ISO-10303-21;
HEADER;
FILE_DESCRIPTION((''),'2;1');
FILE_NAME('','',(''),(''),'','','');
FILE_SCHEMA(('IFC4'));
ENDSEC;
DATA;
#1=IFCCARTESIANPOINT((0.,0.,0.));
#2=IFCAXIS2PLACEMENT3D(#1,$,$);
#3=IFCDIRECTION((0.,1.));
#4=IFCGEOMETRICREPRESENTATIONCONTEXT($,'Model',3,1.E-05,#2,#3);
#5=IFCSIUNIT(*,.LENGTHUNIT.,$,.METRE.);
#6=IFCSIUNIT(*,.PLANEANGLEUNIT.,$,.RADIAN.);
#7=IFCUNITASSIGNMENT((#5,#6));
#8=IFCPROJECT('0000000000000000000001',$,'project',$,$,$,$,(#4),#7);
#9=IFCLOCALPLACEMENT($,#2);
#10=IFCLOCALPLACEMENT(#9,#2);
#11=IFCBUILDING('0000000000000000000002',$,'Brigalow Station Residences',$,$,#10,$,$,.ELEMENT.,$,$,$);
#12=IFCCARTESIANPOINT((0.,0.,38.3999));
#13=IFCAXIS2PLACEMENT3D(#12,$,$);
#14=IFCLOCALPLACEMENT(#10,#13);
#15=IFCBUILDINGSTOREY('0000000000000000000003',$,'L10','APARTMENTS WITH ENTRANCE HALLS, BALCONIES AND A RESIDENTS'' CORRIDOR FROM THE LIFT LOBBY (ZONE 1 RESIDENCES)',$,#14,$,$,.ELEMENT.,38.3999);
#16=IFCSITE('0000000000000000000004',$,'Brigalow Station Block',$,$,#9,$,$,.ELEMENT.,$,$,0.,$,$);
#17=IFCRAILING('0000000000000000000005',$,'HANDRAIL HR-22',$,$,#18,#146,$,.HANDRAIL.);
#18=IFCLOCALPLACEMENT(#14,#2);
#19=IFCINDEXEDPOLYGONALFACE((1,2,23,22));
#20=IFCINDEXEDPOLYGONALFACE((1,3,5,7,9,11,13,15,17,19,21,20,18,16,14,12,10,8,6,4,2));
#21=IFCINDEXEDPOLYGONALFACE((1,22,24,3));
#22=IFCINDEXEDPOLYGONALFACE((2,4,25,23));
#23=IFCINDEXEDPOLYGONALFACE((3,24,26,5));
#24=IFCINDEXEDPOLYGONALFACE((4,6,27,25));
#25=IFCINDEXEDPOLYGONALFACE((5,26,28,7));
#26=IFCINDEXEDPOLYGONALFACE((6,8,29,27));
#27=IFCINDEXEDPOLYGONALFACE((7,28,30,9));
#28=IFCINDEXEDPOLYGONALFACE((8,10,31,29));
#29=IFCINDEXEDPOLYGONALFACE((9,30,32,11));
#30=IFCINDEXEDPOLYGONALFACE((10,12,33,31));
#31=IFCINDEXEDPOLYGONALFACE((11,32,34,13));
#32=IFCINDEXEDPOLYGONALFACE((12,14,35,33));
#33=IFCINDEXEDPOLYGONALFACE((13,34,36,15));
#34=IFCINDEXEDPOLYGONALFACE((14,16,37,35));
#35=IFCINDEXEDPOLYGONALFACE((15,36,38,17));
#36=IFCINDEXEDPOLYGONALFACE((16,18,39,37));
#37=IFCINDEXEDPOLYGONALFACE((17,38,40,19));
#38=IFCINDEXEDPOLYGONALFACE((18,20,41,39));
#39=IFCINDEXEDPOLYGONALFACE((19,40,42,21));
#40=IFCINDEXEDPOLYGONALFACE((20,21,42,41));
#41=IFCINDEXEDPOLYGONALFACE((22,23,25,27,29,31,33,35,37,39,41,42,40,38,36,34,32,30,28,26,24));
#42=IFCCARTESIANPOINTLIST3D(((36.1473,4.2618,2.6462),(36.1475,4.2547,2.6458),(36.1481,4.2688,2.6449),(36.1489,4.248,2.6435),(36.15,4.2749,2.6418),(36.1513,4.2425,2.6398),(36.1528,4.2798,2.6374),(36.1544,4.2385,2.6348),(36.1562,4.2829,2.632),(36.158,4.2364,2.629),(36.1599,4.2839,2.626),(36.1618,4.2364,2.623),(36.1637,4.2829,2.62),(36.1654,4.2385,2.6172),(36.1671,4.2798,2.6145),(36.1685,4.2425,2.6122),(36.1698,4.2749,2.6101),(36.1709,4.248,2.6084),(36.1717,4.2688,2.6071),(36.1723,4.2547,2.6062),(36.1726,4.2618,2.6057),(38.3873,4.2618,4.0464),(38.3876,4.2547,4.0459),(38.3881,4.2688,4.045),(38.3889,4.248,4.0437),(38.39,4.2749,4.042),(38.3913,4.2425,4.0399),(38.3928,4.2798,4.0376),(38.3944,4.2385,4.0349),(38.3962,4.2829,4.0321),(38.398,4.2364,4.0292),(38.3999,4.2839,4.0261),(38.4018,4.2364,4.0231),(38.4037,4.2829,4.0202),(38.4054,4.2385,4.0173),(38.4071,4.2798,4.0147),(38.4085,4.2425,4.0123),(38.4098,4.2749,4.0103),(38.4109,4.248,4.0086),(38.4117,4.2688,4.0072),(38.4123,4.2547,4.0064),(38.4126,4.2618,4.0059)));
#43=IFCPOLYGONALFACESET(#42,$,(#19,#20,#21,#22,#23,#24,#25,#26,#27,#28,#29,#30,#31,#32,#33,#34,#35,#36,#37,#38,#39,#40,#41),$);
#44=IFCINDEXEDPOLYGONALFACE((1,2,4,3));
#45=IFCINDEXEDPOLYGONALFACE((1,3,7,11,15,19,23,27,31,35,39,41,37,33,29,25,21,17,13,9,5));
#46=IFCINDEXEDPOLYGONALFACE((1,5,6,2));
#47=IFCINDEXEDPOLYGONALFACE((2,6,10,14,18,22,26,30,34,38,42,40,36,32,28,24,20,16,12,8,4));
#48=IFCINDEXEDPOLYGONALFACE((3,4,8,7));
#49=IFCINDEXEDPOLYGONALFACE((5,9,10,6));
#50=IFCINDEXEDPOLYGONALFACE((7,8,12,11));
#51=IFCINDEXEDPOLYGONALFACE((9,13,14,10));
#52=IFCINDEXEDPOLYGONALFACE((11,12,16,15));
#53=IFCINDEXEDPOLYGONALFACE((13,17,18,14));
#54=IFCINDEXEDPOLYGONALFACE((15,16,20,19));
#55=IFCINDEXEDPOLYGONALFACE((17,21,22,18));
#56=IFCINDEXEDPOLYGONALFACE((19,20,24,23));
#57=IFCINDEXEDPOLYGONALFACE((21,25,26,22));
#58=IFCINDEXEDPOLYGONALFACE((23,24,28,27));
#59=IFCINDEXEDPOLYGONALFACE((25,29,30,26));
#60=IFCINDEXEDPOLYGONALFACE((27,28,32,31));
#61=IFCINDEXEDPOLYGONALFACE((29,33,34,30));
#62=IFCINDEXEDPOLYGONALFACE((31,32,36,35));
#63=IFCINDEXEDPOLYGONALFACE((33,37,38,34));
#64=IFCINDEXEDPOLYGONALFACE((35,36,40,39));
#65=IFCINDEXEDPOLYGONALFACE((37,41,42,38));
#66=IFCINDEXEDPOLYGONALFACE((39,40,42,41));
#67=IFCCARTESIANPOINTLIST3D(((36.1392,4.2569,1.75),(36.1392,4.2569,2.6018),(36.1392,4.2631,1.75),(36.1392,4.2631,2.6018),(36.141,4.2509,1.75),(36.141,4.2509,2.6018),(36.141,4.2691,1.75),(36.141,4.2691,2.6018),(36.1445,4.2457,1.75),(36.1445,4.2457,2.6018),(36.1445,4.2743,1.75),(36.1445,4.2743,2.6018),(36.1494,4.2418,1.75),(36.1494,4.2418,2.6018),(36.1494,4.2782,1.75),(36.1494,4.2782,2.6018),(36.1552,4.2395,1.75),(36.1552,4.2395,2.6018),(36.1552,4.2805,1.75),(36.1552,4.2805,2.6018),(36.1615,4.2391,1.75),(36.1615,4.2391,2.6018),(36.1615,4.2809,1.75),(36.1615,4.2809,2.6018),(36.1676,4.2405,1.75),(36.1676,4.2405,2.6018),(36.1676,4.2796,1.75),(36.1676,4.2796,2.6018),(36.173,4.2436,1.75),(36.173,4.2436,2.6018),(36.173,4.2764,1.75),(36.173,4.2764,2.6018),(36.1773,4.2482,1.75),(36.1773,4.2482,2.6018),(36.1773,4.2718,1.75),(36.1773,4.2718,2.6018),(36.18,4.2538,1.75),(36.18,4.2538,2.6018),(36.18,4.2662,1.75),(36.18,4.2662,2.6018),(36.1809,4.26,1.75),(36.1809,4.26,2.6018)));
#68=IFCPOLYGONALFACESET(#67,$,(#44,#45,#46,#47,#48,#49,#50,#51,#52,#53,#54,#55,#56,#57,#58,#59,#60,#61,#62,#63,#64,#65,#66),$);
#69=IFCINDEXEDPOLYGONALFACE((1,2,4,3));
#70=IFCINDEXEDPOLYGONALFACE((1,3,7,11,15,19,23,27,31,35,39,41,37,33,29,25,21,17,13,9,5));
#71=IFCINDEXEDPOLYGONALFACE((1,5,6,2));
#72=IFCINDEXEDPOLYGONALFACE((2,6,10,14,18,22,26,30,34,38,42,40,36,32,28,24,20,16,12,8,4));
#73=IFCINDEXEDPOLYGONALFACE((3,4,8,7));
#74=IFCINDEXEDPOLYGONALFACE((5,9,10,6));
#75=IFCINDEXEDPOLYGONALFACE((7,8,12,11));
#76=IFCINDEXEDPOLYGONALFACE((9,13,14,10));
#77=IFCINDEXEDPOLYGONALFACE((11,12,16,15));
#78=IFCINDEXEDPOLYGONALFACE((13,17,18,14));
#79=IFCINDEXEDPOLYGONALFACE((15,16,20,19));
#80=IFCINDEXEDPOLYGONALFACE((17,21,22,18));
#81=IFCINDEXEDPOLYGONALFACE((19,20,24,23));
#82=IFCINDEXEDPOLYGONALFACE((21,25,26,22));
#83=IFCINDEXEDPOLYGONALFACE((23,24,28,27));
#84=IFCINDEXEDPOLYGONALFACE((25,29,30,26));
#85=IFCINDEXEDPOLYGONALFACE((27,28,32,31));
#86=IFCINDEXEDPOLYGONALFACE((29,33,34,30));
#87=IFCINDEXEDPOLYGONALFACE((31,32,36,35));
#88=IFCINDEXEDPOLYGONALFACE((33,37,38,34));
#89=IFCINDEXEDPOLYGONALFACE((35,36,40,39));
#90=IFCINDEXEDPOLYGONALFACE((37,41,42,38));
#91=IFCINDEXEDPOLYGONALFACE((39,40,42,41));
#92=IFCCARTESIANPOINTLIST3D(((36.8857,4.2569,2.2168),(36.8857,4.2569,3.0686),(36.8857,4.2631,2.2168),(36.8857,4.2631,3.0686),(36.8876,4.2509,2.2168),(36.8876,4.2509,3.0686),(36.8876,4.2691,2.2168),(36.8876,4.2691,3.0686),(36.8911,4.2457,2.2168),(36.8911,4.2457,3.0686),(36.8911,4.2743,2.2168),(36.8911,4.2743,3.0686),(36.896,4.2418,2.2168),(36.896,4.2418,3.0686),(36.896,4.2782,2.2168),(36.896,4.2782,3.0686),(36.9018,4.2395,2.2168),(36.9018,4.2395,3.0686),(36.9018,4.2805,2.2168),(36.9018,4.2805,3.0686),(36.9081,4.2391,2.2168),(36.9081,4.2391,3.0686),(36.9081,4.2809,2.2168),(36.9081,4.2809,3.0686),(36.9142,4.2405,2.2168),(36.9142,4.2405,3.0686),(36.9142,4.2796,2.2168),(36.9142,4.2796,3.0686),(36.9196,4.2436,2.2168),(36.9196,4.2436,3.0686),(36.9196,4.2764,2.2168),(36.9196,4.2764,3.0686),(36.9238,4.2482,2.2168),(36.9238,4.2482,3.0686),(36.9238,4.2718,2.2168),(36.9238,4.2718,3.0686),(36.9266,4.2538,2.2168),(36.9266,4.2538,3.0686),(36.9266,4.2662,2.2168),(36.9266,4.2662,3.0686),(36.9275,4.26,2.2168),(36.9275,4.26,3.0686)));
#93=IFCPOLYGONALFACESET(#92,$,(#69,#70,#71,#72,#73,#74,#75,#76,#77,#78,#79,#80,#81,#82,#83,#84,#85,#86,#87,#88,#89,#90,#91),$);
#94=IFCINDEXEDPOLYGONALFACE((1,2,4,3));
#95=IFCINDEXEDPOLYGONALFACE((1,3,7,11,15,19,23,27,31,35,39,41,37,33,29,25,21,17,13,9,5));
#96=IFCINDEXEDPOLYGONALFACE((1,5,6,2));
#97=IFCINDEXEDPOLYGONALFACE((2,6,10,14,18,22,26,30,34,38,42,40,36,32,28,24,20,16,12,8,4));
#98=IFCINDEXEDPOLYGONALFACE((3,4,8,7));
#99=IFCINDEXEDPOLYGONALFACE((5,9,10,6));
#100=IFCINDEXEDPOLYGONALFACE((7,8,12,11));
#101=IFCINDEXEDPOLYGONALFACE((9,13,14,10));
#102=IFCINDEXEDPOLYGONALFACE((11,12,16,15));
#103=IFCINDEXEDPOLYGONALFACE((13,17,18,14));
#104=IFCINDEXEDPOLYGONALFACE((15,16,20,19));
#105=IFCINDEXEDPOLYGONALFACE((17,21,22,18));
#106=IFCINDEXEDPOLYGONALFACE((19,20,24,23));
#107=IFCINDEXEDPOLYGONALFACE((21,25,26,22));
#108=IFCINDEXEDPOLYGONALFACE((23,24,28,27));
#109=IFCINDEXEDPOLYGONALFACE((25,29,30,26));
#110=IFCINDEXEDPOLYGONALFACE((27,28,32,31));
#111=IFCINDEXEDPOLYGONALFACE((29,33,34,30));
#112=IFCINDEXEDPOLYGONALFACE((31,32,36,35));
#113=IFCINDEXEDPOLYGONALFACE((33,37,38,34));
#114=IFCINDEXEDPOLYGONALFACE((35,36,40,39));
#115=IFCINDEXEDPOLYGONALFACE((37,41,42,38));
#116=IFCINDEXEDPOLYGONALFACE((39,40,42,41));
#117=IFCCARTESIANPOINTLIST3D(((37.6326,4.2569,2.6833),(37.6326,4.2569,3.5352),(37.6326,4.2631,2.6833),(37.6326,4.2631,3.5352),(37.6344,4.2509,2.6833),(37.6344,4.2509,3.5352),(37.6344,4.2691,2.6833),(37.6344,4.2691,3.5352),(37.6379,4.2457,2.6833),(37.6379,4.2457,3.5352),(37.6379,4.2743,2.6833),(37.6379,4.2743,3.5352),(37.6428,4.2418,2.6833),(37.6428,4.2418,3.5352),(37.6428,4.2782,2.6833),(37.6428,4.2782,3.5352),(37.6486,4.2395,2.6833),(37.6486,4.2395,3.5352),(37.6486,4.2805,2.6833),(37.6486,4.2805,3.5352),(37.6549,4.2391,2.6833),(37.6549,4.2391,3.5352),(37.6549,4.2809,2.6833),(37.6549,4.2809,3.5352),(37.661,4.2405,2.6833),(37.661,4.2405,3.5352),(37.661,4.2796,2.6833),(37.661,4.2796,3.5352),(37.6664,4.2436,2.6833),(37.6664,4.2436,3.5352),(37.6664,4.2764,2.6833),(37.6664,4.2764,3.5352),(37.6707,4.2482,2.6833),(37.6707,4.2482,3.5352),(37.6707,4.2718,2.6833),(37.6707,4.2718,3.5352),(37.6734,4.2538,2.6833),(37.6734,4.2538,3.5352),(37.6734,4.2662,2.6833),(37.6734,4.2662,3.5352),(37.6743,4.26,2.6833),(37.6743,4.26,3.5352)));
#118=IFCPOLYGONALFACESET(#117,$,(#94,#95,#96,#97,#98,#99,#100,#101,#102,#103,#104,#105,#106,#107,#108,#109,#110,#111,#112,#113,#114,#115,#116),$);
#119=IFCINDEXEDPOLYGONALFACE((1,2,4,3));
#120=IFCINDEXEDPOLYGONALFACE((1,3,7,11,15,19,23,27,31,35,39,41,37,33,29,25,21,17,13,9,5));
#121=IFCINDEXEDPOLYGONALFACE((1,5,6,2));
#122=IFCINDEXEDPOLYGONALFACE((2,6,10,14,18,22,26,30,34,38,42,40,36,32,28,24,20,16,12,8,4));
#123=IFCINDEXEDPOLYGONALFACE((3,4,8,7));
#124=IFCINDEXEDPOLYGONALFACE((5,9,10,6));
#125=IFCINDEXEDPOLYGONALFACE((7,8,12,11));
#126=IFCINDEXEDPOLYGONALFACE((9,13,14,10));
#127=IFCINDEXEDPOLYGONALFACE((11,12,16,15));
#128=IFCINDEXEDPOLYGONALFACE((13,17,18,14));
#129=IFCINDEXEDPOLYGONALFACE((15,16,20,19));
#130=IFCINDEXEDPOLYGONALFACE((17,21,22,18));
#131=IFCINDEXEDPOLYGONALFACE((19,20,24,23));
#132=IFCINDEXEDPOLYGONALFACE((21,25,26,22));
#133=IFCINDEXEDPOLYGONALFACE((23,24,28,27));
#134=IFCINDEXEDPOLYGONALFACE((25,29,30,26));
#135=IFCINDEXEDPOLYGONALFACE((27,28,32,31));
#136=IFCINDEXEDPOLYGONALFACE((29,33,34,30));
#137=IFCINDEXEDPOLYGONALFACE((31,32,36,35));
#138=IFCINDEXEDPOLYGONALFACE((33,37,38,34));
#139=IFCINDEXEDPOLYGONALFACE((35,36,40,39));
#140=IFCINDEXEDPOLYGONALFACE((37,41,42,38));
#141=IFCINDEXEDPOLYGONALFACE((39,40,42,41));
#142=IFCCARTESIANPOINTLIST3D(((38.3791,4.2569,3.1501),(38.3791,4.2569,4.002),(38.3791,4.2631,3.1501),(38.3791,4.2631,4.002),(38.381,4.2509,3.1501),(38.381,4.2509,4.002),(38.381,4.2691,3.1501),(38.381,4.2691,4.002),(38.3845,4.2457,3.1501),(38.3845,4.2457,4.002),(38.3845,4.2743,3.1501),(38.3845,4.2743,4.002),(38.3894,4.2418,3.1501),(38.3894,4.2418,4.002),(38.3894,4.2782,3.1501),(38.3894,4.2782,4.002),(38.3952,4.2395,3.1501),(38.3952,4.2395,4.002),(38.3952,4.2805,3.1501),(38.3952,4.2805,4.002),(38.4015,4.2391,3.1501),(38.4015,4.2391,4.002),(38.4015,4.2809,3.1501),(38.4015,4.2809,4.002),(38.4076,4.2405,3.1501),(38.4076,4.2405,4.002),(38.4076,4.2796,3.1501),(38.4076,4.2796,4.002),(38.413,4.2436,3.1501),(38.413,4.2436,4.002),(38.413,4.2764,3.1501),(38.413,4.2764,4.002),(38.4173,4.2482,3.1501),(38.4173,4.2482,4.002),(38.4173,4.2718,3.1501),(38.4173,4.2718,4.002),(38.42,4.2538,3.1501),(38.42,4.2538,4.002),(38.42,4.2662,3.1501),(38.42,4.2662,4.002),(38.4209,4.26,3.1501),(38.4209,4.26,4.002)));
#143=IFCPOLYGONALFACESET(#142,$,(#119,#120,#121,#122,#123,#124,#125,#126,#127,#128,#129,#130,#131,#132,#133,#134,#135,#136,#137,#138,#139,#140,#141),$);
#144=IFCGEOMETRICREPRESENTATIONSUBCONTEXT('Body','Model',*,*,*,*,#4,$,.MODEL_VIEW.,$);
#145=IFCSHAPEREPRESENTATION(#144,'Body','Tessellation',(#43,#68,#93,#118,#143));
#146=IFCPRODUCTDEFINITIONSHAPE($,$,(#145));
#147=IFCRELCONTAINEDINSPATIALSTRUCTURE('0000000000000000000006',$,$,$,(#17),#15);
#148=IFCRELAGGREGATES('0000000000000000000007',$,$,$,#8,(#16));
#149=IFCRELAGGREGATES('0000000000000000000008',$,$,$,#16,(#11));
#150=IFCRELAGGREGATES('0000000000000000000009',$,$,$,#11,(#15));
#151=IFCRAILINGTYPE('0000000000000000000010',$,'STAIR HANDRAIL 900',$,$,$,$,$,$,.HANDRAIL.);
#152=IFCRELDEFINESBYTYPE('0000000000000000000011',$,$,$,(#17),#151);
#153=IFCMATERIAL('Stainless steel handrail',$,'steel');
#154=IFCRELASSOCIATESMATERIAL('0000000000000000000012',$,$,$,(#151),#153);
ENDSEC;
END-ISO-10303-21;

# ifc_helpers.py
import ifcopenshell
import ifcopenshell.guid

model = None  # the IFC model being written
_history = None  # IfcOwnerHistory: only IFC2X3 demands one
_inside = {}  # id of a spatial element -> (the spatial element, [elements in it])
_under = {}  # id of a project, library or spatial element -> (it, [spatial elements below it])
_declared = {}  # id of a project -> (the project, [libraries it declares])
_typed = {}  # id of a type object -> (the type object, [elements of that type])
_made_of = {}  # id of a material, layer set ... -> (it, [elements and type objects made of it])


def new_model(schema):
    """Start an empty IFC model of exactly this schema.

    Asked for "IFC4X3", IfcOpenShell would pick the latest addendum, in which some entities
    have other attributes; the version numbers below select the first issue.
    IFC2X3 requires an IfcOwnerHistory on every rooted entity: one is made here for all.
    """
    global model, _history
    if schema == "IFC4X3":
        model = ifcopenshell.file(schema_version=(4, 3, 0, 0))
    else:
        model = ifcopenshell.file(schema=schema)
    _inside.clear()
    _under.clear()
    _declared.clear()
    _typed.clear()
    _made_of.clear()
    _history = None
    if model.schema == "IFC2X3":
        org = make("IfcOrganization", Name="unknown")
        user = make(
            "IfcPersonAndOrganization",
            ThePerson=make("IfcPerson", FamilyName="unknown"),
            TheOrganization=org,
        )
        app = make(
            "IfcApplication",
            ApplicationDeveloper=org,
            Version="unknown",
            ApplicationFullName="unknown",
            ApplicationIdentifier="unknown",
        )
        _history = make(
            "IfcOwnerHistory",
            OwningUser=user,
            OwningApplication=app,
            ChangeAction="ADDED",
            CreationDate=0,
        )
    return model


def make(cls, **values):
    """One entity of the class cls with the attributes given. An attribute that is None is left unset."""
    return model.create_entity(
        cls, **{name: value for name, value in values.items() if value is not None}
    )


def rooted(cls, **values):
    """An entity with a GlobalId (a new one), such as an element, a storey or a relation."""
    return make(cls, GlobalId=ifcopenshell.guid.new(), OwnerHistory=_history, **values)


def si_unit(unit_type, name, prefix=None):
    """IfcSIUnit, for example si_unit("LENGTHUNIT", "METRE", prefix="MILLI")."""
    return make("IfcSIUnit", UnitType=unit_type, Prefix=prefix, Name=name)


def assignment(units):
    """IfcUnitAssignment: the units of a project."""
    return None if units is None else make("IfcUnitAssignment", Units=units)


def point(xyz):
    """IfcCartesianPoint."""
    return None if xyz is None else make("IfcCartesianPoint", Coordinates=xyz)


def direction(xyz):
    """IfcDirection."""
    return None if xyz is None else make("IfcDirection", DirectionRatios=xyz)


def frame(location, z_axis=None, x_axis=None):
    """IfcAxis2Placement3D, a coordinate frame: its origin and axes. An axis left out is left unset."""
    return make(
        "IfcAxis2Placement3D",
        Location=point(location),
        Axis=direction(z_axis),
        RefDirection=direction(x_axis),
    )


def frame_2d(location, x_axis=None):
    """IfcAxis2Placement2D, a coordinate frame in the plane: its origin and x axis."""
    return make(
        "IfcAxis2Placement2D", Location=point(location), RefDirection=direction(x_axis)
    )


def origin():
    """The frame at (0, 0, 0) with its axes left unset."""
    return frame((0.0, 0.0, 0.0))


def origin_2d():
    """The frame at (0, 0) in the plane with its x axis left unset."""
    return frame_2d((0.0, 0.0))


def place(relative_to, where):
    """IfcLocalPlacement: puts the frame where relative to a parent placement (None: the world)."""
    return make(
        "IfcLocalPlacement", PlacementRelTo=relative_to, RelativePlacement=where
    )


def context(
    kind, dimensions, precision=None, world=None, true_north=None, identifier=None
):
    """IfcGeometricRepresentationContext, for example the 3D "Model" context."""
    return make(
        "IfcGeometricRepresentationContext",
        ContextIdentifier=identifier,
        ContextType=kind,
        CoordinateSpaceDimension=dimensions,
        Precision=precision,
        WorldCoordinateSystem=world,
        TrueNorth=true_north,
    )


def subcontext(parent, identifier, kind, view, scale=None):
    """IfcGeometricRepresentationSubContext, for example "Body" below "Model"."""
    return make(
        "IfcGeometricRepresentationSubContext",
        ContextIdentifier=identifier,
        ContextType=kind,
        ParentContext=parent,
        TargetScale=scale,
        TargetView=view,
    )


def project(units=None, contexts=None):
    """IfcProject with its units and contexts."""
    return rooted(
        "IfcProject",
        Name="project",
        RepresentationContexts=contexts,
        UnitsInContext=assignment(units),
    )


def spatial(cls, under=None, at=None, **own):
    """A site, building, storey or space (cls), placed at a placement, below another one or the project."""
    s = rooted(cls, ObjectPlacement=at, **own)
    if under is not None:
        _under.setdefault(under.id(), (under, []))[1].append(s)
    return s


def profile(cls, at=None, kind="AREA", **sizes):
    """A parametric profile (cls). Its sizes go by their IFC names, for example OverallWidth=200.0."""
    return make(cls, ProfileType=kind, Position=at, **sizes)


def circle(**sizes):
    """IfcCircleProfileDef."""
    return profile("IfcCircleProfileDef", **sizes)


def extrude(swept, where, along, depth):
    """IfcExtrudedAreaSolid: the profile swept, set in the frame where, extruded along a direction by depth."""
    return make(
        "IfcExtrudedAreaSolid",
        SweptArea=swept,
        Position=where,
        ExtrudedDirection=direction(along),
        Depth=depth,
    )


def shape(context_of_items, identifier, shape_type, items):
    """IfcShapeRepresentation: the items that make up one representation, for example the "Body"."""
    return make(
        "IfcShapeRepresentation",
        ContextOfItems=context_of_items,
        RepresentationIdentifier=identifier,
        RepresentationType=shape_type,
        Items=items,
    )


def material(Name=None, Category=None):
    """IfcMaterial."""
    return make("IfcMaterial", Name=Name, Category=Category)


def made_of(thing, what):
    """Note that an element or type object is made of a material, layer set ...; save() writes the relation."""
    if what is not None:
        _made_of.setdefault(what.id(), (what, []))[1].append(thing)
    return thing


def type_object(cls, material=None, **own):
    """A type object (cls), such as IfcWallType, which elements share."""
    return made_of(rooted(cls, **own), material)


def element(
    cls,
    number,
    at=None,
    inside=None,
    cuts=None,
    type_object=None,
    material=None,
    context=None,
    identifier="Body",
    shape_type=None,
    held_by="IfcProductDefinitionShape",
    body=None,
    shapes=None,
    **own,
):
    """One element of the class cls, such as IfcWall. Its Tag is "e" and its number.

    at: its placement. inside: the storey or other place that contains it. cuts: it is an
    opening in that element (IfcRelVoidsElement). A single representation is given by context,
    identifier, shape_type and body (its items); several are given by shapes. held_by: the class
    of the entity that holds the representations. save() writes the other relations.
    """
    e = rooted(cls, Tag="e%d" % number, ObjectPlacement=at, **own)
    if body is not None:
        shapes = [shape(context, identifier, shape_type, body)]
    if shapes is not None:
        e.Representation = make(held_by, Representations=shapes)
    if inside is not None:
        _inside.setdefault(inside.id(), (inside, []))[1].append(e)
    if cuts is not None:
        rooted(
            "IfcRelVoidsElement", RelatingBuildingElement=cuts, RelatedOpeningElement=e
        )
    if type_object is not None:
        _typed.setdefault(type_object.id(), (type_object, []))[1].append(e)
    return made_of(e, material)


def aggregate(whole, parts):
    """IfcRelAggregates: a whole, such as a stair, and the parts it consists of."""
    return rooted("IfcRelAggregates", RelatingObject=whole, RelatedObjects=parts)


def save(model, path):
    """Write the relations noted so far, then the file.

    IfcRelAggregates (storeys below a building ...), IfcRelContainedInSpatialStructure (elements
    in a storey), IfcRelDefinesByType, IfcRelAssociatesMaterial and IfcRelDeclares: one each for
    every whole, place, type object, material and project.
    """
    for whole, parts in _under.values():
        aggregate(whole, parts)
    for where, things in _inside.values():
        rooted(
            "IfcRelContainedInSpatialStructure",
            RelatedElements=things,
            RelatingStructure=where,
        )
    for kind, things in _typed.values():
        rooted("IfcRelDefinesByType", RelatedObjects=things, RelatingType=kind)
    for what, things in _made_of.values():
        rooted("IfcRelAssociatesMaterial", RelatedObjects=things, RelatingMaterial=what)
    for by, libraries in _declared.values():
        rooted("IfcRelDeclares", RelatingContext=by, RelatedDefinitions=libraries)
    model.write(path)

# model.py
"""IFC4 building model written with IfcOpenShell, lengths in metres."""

from ifc_helpers import new_model, si_unit, direction, frame, origin, origin_2d, place, context, subcontext, project, spatial, circle, extrude, material, type_object, element, save


model = new_model("IFC4")

# Units and contexts
model_context = context("Model", 3, precision=1e-05, world=origin(), true_north=direction((0.0, 1.0)))
body_context = subcontext(model_context, "Body", "Model", "MODEL_VIEW")
ifc_project = project(units=[si_unit("LENGTHUNIT", "METRE"), si_unit("PLANEANGLEUNIT", "RADIAN")], contexts=[model_context])

# Site, building, storey
site_placement = place(None, origin())
site = spatial("IfcSite", under=ifc_project, at=site_placement, Name="Brigalow Station Block", CompositionType="ELEMENT", RefElevation=0.0)
building_placement = place(site_placement, origin())
building = spatial("IfcBuilding", under=site, at=building_placement, Name="Brigalow Station Residences", CompositionType="ELEMENT")
storey_placement = place(building_placement, frame((0.0, 0.0, 38.3999)))
storey = spatial("IfcBuildingStorey", under=building, at=storey_placement, Name="L10", Description="APARTMENTS WITH ENTRANCE HALLS, BALCONIES AND A RESIDENTS' CORRIDOR FROM THE LIFT LOBBY (ZONE 1 RESIDENCES)", CompositionType="ELEMENT", Elevation=38.3999)

# Railing
ifc_material_1 = material(Name="Stainless steel handrail", Category="steel")
railing_type_1 = type_object("IfcRailingType", Name="STAIR HANDRAIL 900", PredefinedType="HANDRAIL", material=ifc_material_1)
railing_1_placement = place(storey_placement, frame((36.1599, 4.26, 1.75)))
element("IfcRailing", 1, at=railing_1_placement, inside=storey, type_object=railing_type_1, Name="HANDRAIL HR-22", PredefinedType="HANDRAIL", context=body_context, shape_type="SweptSolid", body=[
    extrude(circle(Radius=0.0239, at=origin_2d()), frame((0.0, 0.0, 0.876), z_axis=(0.847972, 0.0, 0.53004), x_axis=(0.0, 1.0, 0.0)), (0.0, 0.0, 1.0), 2.6416),
    extrude(circle(Radius=0.021, at=origin_2d()), origin(), (0.0, 0.0, 1.0), 0.8518),
    extrude(circle(Radius=0.021, at=origin_2d()), frame((0.7466, 0.0, 0.4668)), (0.0, 0.0, 1.0), 0.8518),
    extrude(circle(Radius=0.021, at=origin_2d()), frame((1.4934, 0.0, 0.9333)), (0.0, 0.0, 1.0), 0.8518),
    extrude(circle(Radius=0.021, at=origin_2d()), frame((2.24, 0.0, 1.4001)), (0.0, 0.0, 1.0), 0.8518),
])

save(model, "model.ifc")
